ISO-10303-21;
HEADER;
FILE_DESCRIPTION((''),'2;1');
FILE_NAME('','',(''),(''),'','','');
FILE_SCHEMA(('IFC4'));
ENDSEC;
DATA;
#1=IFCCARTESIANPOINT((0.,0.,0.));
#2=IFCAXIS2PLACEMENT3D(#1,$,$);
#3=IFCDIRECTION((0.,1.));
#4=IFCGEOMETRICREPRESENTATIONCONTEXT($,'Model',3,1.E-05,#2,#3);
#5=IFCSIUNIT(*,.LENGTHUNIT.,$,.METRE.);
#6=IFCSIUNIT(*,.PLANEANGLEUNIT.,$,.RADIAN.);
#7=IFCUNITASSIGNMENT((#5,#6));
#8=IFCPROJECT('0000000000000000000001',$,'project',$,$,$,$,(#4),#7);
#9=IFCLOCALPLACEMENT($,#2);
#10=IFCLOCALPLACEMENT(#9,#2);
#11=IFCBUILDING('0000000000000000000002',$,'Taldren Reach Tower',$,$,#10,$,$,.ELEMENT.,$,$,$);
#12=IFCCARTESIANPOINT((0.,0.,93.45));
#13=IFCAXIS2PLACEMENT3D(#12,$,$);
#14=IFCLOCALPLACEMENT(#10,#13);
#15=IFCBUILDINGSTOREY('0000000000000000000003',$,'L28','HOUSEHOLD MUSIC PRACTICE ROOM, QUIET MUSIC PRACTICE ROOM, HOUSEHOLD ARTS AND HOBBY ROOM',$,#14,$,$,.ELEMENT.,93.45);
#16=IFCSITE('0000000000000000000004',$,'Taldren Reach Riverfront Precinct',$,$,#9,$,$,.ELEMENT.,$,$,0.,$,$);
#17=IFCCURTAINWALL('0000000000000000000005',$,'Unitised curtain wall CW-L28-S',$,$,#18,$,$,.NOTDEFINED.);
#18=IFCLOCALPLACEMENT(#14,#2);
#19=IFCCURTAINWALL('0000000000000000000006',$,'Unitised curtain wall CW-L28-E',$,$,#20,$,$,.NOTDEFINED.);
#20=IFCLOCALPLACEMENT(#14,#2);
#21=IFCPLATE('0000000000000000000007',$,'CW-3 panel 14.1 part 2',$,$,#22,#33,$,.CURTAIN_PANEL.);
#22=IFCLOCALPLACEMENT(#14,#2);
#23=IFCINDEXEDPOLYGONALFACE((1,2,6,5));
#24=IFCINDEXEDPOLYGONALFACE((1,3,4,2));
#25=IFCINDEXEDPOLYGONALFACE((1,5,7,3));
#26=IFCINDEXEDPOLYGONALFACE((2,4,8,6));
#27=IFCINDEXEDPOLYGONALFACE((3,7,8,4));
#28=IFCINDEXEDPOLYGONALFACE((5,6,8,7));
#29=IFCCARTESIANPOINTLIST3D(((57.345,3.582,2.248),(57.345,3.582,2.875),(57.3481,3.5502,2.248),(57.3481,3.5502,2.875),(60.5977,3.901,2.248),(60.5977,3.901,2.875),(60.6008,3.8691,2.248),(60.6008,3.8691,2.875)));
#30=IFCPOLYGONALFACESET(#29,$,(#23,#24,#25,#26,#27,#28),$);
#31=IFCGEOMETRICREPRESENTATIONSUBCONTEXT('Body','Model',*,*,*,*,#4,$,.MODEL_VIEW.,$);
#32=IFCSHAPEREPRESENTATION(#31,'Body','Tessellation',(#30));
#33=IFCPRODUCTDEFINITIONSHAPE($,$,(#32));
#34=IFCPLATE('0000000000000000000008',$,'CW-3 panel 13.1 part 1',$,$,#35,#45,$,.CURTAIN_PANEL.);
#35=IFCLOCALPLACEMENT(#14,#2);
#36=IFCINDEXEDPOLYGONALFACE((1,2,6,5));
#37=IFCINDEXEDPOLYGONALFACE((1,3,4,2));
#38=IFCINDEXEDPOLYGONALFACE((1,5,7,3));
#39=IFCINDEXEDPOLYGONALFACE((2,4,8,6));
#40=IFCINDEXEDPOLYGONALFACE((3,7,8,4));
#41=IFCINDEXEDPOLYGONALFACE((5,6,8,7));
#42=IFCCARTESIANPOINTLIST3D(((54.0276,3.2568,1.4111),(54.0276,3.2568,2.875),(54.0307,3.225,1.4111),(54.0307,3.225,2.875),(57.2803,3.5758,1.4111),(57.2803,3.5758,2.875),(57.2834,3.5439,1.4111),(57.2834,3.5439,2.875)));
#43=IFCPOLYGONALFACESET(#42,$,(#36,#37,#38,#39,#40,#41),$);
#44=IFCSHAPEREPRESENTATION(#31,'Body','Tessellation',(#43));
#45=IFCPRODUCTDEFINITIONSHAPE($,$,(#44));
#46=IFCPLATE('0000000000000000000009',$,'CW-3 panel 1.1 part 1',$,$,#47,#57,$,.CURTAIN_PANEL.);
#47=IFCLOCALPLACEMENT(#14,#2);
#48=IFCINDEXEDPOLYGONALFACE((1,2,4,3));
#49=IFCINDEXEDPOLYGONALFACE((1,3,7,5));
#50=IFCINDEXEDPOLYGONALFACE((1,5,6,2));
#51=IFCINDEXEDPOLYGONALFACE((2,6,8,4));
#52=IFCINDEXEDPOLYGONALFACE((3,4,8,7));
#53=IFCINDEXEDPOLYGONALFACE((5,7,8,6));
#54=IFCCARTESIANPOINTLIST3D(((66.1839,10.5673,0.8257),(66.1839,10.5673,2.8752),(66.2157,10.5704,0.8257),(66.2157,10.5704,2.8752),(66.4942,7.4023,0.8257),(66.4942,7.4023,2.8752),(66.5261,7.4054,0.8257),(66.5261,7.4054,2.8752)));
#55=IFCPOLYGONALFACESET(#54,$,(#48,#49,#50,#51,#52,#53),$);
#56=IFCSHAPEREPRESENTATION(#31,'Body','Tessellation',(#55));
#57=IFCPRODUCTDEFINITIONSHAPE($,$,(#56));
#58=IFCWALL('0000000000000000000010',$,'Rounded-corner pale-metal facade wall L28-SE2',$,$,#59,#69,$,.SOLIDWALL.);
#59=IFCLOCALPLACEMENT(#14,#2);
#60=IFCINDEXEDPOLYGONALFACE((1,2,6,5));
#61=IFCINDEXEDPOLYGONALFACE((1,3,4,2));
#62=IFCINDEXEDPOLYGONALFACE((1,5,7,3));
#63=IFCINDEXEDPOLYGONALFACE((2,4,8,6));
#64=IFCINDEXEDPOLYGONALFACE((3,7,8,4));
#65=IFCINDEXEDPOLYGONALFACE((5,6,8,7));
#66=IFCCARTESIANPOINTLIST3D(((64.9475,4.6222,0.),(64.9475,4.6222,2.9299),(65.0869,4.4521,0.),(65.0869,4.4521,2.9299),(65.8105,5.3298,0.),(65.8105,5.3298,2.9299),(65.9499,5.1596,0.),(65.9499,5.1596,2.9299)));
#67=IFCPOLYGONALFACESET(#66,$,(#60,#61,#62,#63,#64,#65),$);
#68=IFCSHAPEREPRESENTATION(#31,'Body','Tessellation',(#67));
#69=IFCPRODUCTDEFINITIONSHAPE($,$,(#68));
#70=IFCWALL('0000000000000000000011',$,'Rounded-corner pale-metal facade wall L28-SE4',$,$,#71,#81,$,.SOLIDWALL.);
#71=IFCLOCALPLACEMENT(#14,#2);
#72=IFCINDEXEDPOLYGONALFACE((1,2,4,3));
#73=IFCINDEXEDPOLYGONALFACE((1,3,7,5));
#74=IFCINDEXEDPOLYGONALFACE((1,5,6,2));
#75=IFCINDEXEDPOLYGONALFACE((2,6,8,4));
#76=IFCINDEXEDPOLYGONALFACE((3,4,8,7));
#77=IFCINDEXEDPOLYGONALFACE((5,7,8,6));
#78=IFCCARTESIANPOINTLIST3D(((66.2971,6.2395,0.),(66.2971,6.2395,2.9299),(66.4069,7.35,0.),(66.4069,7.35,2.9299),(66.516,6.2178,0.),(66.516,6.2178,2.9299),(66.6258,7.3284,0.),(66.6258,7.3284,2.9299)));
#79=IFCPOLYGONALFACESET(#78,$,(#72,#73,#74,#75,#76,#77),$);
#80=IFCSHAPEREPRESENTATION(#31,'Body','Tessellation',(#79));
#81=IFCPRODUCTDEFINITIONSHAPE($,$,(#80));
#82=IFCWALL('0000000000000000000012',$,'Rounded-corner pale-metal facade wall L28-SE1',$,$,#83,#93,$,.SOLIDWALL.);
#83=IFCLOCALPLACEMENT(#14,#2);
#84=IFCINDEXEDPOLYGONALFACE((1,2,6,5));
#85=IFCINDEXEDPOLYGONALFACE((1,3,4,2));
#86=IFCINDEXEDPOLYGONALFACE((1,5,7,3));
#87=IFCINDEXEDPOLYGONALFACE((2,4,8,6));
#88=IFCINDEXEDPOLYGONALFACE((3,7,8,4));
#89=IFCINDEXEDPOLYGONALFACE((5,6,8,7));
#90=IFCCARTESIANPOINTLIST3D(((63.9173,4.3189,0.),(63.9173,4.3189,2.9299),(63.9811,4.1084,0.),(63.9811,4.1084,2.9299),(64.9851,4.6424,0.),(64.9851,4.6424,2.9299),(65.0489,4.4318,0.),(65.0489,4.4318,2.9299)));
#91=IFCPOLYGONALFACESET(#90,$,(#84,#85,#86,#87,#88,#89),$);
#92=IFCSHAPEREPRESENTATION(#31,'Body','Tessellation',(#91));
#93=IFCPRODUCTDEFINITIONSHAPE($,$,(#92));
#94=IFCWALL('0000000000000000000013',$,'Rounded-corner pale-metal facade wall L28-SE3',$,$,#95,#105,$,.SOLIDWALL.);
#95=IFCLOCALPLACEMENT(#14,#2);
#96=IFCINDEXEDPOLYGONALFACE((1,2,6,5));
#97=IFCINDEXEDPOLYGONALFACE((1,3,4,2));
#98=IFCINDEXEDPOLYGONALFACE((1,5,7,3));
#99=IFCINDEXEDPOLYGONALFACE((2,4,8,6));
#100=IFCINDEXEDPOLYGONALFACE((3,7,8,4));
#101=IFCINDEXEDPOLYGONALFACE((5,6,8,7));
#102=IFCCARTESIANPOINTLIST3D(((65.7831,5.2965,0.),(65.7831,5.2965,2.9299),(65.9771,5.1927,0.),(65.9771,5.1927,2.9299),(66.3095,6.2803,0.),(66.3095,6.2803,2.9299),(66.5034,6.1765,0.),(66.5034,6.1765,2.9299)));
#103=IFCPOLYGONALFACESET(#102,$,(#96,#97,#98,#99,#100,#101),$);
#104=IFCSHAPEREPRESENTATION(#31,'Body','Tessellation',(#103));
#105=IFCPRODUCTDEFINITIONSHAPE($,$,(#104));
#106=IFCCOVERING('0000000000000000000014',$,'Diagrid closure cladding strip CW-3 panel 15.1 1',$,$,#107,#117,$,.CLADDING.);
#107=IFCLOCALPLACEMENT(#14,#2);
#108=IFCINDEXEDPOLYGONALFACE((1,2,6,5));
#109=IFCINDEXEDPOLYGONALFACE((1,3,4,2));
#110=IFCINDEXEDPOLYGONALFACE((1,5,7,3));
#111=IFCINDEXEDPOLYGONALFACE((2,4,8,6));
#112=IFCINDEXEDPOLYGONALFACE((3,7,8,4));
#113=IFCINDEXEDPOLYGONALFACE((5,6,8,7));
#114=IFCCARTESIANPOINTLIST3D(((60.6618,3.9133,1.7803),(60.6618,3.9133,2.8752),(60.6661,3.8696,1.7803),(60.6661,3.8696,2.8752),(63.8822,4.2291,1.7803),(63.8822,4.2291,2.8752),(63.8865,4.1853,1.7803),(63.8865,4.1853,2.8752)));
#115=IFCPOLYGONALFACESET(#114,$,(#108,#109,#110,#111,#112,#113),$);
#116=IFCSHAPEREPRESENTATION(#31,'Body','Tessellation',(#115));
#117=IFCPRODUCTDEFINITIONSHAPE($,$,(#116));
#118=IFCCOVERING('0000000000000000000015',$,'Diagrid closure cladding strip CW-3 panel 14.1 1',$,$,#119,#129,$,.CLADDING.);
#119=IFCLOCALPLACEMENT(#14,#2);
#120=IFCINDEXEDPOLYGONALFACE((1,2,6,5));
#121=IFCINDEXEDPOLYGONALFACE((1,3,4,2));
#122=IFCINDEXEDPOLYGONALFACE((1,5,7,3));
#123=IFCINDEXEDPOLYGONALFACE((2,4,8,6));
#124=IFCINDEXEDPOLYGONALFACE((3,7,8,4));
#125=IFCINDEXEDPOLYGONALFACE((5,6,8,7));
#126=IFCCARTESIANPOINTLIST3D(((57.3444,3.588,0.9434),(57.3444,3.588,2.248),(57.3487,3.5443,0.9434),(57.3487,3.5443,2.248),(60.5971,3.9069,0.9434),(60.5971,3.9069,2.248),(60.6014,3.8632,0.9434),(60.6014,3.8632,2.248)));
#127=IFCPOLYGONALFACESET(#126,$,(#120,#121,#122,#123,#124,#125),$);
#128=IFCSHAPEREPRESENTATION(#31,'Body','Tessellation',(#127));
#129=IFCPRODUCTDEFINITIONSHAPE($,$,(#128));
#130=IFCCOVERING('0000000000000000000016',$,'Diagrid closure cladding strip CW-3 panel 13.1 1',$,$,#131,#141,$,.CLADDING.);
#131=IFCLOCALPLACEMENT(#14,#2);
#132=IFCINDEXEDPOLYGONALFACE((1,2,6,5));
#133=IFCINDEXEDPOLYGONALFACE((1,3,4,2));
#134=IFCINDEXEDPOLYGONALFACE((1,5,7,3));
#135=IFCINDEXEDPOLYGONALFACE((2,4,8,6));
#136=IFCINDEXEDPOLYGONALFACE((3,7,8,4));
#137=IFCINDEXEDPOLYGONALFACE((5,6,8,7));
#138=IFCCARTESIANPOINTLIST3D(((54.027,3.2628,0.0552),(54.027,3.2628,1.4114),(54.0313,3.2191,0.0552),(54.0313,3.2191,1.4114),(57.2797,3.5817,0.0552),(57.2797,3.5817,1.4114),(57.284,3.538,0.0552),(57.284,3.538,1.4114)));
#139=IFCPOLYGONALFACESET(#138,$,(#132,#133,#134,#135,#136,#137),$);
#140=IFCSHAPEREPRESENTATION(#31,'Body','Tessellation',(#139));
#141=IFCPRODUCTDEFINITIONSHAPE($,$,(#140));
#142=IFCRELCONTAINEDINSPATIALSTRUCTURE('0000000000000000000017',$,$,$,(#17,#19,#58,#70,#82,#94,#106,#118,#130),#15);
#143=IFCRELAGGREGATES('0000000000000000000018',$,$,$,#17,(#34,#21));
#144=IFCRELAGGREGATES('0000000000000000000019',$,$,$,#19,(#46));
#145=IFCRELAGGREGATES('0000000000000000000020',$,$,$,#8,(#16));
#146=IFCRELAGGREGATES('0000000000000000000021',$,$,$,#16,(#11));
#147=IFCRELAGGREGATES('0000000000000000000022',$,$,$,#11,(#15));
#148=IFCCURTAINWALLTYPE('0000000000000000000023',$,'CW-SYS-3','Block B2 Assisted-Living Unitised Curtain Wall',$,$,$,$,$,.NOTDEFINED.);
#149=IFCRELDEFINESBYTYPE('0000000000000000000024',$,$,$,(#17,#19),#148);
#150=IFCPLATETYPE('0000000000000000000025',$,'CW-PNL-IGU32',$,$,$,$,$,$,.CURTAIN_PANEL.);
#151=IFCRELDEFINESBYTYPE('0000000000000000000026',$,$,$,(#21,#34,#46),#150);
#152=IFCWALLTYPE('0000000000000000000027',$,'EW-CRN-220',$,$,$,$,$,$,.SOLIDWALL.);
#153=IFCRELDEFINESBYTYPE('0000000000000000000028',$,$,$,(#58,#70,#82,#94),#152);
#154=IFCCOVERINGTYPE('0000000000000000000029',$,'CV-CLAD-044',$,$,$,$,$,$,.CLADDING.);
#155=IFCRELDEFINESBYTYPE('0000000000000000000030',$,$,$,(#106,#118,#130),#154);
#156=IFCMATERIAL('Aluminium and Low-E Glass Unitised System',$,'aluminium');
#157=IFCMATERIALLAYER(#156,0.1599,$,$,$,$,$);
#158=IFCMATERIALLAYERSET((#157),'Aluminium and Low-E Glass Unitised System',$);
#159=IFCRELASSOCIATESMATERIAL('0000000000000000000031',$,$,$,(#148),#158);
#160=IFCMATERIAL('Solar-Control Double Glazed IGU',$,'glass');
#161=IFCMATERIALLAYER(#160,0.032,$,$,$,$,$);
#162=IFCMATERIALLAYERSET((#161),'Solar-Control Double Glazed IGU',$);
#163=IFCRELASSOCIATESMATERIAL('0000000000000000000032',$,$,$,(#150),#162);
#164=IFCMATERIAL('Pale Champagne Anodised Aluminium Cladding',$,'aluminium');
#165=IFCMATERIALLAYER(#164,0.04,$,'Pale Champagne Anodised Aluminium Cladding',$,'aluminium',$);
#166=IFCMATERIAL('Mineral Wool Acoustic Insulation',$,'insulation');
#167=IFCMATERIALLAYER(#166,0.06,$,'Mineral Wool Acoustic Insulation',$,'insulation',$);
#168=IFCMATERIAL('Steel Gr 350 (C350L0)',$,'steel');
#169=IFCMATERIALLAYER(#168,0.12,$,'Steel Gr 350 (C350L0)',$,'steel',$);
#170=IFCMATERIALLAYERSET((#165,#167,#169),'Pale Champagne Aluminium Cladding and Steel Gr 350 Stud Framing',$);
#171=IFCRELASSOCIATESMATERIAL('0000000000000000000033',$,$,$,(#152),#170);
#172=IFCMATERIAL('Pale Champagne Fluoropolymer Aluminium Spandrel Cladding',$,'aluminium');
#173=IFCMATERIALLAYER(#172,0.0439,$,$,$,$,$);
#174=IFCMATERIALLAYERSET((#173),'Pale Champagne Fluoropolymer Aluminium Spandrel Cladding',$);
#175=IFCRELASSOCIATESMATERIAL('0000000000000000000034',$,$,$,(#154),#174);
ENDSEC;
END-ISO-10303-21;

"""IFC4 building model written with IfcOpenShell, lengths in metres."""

from ifc_helpers import new_model, si_unit, direction, frame, frame_2d, origin, origin_2d, place, context, subcontext, project, spatial, rectangle, extrude, source, transform, mapped, material, layer, layer_set, type_object, element, aggregate, save


model = new_model("IFC4")

# Units and contexts
model_context = context("Model", 3, precision=1e-05, world=origin(), true_north=direction((0.0, 1.0)))
body_context = subcontext(model_context, "Body", "Model", "MODEL_VIEW")
ifc_project = project(units=[si_unit("LENGTHUNIT", "METRE"), si_unit("PLANEANGLEUNIT", "RADIAN")], contexts=[model_context])

# Site, building, storey
site_placement = place(None, origin())
site = spatial("IfcSite", under=ifc_project, at=site_placement, Name="Taldren Reach Riverfront Precinct", CompositionType="ELEMENT", RefElevation=0.0)
building_placement = place(site_placement, origin())
building = spatial("IfcBuilding", under=site, at=building_placement, Name="Taldren Reach Tower", CompositionType="ELEMENT")
storey_placement = place(building_placement, frame((0.0, 0.0, 93.45)))
storey = spatial("IfcBuildingStorey", under=building, at=storey_placement, Name="L28", Description="HOUSEHOLD MUSIC PRACTICE ROOM, QUIET MUSIC PRACTICE ROOM, HOUSEHOLD ARTS AND HOBBY ROOM", CompositionType="ELEMENT", Elevation=93.45)

# Shared definitions
ifc_material_1 = material(Name="Steel Gr 350 (C350L0)", Category="steel")

# Curtain wall
ifc_material_2 = material(Name="Aluminium and Low-E Glass Unitised System", Category="aluminium")
ifc_layer_1 = layer(ifc_material_2, 0.1599)
ifc_layer_set_1 = layer_set([ifc_layer_1], Name="Aluminium and Low-E Glass Unitised System")
curtain_wall_type = type_object("IfcCurtainWallType", Name="CW-SYS-3", Description="Block B2 Assisted-Living Unitised Curtain Wall", PredefinedType="NOTDEFINED", material=ifc_layer_set_1)
curtain_wall_1_placement = place(storey_placement, origin())
curtain_wall_1 = element("IfcCurtainWall", 1, at=curtain_wall_1_placement, inside=storey, type_object=curtain_wall_type, Name="Unitised curtain wall CW-L28-S", PredefinedType="NOTDEFINED")

# Curtain wall
curtain_wall_2_placement = place(storey_placement, origin())
curtain_wall_2 = element("IfcCurtainWall", 2, at=curtain_wall_2_placement, inside=storey, type_object=curtain_wall_type, Name="Unitised curtain wall CW-L28-E", PredefinedType="NOTDEFINED")

# Plates
ifc_material_3 = material(Name="Solar-Control Double Glazed IGU", Category="glass")
ifc_layer_2 = layer(ifc_material_3, 0.032)
ifc_layer_set_2 = layer_set([ifc_layer_2], Name="Solar-Control Double Glazed IGU")
plate_type_1 = type_object("IfcPlateType", Name="CW-PNL-IGU32", PredefinedType="CURTAIN_PANEL", material=ifc_layer_set_2)
shared_shape_1 = source(origin(), body_context, "Body", "SweptSolid", [
    extrude(rectangle(XDim=3.2683, YDim=0.032, at=origin_2d()), origin(), (0.0, 0.0, 1.0), 0.627),
])
plate_1_placement = place(storey_placement, frame((58.9729, 3.7256, 2.248), z_axis=(0.0, 0.0, 1.0), x_axis=(0.995227, 0.097583, 0.0)))
plate_1 = element("IfcPlate", 3, at=plate_1_placement, type_object=plate_type_1, Name="CW-3 panel 14.1 part 2", PredefinedType="CURTAIN_PANEL", context=body_context, shape_type="MappedRepresentation", body=[
    mapped(shared_shape_1, transform((0.0, 0.0, 0.0), scale=1.0)),
])
shared_shape_2 = source(origin(), body_context, "Body", "SweptSolid", [
    extrude(rectangle(XDim=3.2683, YDim=0.032, at=origin_2d()), origin(), (0.0, 0.0, 1.0), 1.4639),
])
plate_2_placement = place(storey_placement, frame((55.6555, 3.4004, 1.4111), z_axis=(0.0, 0.0, 1.0), x_axis=(0.995227, 0.097583, 0.0)))
plate_2 = element("IfcPlate", 4, at=plate_2_placement, type_object=plate_type_1, Name="CW-3 panel 13.1 part 1", PredefinedType="CURTAIN_PANEL", context=body_context, shape_type="MappedRepresentation", body=[
    mapped(shared_shape_2, transform((0.0, 0.0, 0.0), scale=1.0)),
])
aggregate(curtain_wall_1, [plate_2, plate_1])
shared_shape_3 = source(origin(), body_context, "Body", "SweptSolid", [
    extrude(rectangle(XDim=3.1802, YDim=0.032, at=origin_2d()), origin(), (0.0, 0.0, 1.0), 2.0496),
])
plate_3_placement = place(storey_placement, frame((66.355, 8.9863, 0.8257), z_axis=(0.0, 0.0, 1.0), x_axis=(-0.097583, 0.995227, 0.0)))
plate_3 = element("IfcPlate", 5, at=plate_3_placement, type_object=plate_type_1, Name="CW-3 panel 1.1 part 1", PredefinedType="CURTAIN_PANEL", context=body_context, shape_type="MappedRepresentation", body=[
    mapped(shared_shape_3, transform((0.0, 0.0, 0.0), scale=1.0)),
])
aggregate(curtain_wall_2, [plate_3])

# Walls
ifc_material_4 = material(Name="Pale Champagne Anodised Aluminium Cladding", Category="aluminium")
ifc_layer_3 = layer(ifc_material_4, 0.04, Name="Pale Champagne Anodised Aluminium Cladding", Category="aluminium")
ifc_material_5 = material(Name="Mineral Wool Acoustic Insulation", Category="insulation")
ifc_layer_4 = layer(ifc_material_5, 0.06, Name="Mineral Wool Acoustic Insulation", Category="insulation")
ifc_layer_5 = layer(ifc_material_1, 0.12, Name="Steel Gr 350 (C350L0)", Category="steel")
ifc_layer_set_3 = layer_set([ifc_layer_3, ifc_layer_4, ifc_layer_5], Name="Pale Champagne Aluminium Cladding and Steel Gr 350 Stud Framing")
wall_type = type_object("IfcWallType", Name="EW-CRN-220", PredefinedType="SOLIDWALL", material=ifc_layer_set_3)
shared_shape_4 = source(origin(), body_context, "Body", "SweptSolid", [
    extrude(rectangle(XDim=1.116, YDim=0.22, at=frame_2d((0.5581, 0.0))), origin(), (0.0, 0.0, 1.0), 2.9299),
])
for number, where, z_axis, x_axis, name in (
    (6, (65.0171, 4.5371, 0.0), (0.0, 0.0, 1.0), (0.773343, 0.633988, 0.0), "Rounded-corner pale-metal facade wall L28-SE2"),
    (7, (66.4065, 6.2285, 0.0), (0.0, 0.0, 1.0), (0.098442, 0.995143, 0.0), "Rounded-corner pale-metal facade wall L28-SE4"),
):
    element("IfcWall", number, at=place(storey_placement, frame(where, z_axis=z_axis, x_axis=x_axis)), inside=storey, type_object=wall_type, Name=name, PredefinedType="SOLIDWALL", context=body_context, shape_type="MappedRepresentation", body=[
        mapped(shared_shape_4, transform((0.0, 0.0, 0.0), scale=1.0)),
    ])
shared_shape_5 = source(origin(), body_context, "Body", "SweptSolid", [
    extrude(rectangle(XDim=1.1157, YDim=0.22, at=frame_2d((0.5579, 0.0))), origin(), (0.0, 0.0, 1.0), 2.9299),
])
for number, where, z_axis, x_axis, name in (
    (8, (63.9492, 4.2136, 0.0), (0.0, 0.0, 1.0), (0.957052, 0.289916, 0.0), "Rounded-corner pale-metal facade wall L28-SE1"),
    (9, (65.8801, 5.2446, 0.0), (0.0, 0.0, 1.0), (0.471723, 0.881747, 0.0), "Rounded-corner pale-metal facade wall L28-SE3"),
):
    element("IfcWall", number, at=place(storey_placement, frame(where, z_axis=z_axis, x_axis=x_axis)), inside=storey, type_object=wall_type, Name=name, PredefinedType="SOLIDWALL", context=body_context, shape_type="MappedRepresentation", body=[
        mapped(shared_shape_5, transform((0.0, 0.0, 0.0), scale=1.0)),
    ])

# Coverings
ifc_material_6 = material(Name="Pale Champagne Fluoropolymer Aluminium Spandrel Cladding", Category="aluminium")
ifc_layer_6 = layer(ifc_material_6, 0.0439)
ifc_layer_set_4 = layer_set([ifc_layer_6], Name="Pale Champagne Fluoropolymer Aluminium Spandrel Cladding")
covering_type = type_object("IfcCoveringType", Name="CV-CLAD-044", PredefinedType="CLADDING", material=ifc_layer_set_4)
shared_shape_6 = source(origin(), body_context, "Body", "SweptSolid", [
    extrude(rectangle(XDim=3.2358, YDim=0.0439, at=origin_2d()), origin(), (0.0, 0.0, 1.0), 1.095),
])
covering_1_placement = place(storey_placement, frame((62.2742, 4.0493, 1.7803), z_axis=(0.0, 0.0, 1.0), x_axis=(0.995227, 0.097583, 0.0)))
element("IfcCovering", 10, at=covering_1_placement, inside=storey, type_object=covering_type, Name="Diagrid closure cladding strip CW-3 panel 15.1 1", PredefinedType="CLADDING", context=body_context, shape_type="MappedRepresentation", body=[
    mapped(shared_shape_6, transform((0.0, 0.0, 0.0), scale=1.0)),
])
shared_shape_7 = source(origin(), body_context, "Body", "SweptSolid", [
    extrude(rectangle(XDim=3.2683, YDim=0.0439, at=origin_2d()), origin(), (0.0, 0.0, 1.0), 1.3047),
])
covering_2_placement = place(storey_placement, frame((58.9729, 3.7256, 0.9434), z_axis=(0.0, 0.0, 1.0), x_axis=(0.995227, 0.097583, 0.0)))
element("IfcCovering", 11, at=covering_2_placement, inside=storey, type_object=covering_type, Name="Diagrid closure cladding strip CW-3 panel 14.1 1", PredefinedType="CLADDING", context=body_context, shape_type="MappedRepresentation", body=[
    mapped(shared_shape_7, transform((0.0, 0.0, 0.0), scale=1.0)),
])
shared_shape_8 = source(origin(), body_context, "Body", "SweptSolid", [
    extrude(rectangle(XDim=3.2683, YDim=0.0439, at=origin_2d()), origin(), (0.0, 0.0, 1.0), 1.3562),
])
covering_3_placement = place(storey_placement, frame((55.6555, 3.4004, 0.0552), z_axis=(0.0, 0.0, 1.0), x_axis=(0.995227, 0.097583, 0.0)))
element("IfcCovering", 12, at=covering_3_placement, inside=storey, type_object=covering_type, Name="Diagrid closure cladding strip CW-3 panel 13.1 1", PredefinedType="CLADDING", context=body_context, shape_type="MappedRepresentation", body=[
    mapped(shared_shape_8, transform((0.0, 0.0, 0.0), scale=1.0)),
])

save(model, "model.ifc")
